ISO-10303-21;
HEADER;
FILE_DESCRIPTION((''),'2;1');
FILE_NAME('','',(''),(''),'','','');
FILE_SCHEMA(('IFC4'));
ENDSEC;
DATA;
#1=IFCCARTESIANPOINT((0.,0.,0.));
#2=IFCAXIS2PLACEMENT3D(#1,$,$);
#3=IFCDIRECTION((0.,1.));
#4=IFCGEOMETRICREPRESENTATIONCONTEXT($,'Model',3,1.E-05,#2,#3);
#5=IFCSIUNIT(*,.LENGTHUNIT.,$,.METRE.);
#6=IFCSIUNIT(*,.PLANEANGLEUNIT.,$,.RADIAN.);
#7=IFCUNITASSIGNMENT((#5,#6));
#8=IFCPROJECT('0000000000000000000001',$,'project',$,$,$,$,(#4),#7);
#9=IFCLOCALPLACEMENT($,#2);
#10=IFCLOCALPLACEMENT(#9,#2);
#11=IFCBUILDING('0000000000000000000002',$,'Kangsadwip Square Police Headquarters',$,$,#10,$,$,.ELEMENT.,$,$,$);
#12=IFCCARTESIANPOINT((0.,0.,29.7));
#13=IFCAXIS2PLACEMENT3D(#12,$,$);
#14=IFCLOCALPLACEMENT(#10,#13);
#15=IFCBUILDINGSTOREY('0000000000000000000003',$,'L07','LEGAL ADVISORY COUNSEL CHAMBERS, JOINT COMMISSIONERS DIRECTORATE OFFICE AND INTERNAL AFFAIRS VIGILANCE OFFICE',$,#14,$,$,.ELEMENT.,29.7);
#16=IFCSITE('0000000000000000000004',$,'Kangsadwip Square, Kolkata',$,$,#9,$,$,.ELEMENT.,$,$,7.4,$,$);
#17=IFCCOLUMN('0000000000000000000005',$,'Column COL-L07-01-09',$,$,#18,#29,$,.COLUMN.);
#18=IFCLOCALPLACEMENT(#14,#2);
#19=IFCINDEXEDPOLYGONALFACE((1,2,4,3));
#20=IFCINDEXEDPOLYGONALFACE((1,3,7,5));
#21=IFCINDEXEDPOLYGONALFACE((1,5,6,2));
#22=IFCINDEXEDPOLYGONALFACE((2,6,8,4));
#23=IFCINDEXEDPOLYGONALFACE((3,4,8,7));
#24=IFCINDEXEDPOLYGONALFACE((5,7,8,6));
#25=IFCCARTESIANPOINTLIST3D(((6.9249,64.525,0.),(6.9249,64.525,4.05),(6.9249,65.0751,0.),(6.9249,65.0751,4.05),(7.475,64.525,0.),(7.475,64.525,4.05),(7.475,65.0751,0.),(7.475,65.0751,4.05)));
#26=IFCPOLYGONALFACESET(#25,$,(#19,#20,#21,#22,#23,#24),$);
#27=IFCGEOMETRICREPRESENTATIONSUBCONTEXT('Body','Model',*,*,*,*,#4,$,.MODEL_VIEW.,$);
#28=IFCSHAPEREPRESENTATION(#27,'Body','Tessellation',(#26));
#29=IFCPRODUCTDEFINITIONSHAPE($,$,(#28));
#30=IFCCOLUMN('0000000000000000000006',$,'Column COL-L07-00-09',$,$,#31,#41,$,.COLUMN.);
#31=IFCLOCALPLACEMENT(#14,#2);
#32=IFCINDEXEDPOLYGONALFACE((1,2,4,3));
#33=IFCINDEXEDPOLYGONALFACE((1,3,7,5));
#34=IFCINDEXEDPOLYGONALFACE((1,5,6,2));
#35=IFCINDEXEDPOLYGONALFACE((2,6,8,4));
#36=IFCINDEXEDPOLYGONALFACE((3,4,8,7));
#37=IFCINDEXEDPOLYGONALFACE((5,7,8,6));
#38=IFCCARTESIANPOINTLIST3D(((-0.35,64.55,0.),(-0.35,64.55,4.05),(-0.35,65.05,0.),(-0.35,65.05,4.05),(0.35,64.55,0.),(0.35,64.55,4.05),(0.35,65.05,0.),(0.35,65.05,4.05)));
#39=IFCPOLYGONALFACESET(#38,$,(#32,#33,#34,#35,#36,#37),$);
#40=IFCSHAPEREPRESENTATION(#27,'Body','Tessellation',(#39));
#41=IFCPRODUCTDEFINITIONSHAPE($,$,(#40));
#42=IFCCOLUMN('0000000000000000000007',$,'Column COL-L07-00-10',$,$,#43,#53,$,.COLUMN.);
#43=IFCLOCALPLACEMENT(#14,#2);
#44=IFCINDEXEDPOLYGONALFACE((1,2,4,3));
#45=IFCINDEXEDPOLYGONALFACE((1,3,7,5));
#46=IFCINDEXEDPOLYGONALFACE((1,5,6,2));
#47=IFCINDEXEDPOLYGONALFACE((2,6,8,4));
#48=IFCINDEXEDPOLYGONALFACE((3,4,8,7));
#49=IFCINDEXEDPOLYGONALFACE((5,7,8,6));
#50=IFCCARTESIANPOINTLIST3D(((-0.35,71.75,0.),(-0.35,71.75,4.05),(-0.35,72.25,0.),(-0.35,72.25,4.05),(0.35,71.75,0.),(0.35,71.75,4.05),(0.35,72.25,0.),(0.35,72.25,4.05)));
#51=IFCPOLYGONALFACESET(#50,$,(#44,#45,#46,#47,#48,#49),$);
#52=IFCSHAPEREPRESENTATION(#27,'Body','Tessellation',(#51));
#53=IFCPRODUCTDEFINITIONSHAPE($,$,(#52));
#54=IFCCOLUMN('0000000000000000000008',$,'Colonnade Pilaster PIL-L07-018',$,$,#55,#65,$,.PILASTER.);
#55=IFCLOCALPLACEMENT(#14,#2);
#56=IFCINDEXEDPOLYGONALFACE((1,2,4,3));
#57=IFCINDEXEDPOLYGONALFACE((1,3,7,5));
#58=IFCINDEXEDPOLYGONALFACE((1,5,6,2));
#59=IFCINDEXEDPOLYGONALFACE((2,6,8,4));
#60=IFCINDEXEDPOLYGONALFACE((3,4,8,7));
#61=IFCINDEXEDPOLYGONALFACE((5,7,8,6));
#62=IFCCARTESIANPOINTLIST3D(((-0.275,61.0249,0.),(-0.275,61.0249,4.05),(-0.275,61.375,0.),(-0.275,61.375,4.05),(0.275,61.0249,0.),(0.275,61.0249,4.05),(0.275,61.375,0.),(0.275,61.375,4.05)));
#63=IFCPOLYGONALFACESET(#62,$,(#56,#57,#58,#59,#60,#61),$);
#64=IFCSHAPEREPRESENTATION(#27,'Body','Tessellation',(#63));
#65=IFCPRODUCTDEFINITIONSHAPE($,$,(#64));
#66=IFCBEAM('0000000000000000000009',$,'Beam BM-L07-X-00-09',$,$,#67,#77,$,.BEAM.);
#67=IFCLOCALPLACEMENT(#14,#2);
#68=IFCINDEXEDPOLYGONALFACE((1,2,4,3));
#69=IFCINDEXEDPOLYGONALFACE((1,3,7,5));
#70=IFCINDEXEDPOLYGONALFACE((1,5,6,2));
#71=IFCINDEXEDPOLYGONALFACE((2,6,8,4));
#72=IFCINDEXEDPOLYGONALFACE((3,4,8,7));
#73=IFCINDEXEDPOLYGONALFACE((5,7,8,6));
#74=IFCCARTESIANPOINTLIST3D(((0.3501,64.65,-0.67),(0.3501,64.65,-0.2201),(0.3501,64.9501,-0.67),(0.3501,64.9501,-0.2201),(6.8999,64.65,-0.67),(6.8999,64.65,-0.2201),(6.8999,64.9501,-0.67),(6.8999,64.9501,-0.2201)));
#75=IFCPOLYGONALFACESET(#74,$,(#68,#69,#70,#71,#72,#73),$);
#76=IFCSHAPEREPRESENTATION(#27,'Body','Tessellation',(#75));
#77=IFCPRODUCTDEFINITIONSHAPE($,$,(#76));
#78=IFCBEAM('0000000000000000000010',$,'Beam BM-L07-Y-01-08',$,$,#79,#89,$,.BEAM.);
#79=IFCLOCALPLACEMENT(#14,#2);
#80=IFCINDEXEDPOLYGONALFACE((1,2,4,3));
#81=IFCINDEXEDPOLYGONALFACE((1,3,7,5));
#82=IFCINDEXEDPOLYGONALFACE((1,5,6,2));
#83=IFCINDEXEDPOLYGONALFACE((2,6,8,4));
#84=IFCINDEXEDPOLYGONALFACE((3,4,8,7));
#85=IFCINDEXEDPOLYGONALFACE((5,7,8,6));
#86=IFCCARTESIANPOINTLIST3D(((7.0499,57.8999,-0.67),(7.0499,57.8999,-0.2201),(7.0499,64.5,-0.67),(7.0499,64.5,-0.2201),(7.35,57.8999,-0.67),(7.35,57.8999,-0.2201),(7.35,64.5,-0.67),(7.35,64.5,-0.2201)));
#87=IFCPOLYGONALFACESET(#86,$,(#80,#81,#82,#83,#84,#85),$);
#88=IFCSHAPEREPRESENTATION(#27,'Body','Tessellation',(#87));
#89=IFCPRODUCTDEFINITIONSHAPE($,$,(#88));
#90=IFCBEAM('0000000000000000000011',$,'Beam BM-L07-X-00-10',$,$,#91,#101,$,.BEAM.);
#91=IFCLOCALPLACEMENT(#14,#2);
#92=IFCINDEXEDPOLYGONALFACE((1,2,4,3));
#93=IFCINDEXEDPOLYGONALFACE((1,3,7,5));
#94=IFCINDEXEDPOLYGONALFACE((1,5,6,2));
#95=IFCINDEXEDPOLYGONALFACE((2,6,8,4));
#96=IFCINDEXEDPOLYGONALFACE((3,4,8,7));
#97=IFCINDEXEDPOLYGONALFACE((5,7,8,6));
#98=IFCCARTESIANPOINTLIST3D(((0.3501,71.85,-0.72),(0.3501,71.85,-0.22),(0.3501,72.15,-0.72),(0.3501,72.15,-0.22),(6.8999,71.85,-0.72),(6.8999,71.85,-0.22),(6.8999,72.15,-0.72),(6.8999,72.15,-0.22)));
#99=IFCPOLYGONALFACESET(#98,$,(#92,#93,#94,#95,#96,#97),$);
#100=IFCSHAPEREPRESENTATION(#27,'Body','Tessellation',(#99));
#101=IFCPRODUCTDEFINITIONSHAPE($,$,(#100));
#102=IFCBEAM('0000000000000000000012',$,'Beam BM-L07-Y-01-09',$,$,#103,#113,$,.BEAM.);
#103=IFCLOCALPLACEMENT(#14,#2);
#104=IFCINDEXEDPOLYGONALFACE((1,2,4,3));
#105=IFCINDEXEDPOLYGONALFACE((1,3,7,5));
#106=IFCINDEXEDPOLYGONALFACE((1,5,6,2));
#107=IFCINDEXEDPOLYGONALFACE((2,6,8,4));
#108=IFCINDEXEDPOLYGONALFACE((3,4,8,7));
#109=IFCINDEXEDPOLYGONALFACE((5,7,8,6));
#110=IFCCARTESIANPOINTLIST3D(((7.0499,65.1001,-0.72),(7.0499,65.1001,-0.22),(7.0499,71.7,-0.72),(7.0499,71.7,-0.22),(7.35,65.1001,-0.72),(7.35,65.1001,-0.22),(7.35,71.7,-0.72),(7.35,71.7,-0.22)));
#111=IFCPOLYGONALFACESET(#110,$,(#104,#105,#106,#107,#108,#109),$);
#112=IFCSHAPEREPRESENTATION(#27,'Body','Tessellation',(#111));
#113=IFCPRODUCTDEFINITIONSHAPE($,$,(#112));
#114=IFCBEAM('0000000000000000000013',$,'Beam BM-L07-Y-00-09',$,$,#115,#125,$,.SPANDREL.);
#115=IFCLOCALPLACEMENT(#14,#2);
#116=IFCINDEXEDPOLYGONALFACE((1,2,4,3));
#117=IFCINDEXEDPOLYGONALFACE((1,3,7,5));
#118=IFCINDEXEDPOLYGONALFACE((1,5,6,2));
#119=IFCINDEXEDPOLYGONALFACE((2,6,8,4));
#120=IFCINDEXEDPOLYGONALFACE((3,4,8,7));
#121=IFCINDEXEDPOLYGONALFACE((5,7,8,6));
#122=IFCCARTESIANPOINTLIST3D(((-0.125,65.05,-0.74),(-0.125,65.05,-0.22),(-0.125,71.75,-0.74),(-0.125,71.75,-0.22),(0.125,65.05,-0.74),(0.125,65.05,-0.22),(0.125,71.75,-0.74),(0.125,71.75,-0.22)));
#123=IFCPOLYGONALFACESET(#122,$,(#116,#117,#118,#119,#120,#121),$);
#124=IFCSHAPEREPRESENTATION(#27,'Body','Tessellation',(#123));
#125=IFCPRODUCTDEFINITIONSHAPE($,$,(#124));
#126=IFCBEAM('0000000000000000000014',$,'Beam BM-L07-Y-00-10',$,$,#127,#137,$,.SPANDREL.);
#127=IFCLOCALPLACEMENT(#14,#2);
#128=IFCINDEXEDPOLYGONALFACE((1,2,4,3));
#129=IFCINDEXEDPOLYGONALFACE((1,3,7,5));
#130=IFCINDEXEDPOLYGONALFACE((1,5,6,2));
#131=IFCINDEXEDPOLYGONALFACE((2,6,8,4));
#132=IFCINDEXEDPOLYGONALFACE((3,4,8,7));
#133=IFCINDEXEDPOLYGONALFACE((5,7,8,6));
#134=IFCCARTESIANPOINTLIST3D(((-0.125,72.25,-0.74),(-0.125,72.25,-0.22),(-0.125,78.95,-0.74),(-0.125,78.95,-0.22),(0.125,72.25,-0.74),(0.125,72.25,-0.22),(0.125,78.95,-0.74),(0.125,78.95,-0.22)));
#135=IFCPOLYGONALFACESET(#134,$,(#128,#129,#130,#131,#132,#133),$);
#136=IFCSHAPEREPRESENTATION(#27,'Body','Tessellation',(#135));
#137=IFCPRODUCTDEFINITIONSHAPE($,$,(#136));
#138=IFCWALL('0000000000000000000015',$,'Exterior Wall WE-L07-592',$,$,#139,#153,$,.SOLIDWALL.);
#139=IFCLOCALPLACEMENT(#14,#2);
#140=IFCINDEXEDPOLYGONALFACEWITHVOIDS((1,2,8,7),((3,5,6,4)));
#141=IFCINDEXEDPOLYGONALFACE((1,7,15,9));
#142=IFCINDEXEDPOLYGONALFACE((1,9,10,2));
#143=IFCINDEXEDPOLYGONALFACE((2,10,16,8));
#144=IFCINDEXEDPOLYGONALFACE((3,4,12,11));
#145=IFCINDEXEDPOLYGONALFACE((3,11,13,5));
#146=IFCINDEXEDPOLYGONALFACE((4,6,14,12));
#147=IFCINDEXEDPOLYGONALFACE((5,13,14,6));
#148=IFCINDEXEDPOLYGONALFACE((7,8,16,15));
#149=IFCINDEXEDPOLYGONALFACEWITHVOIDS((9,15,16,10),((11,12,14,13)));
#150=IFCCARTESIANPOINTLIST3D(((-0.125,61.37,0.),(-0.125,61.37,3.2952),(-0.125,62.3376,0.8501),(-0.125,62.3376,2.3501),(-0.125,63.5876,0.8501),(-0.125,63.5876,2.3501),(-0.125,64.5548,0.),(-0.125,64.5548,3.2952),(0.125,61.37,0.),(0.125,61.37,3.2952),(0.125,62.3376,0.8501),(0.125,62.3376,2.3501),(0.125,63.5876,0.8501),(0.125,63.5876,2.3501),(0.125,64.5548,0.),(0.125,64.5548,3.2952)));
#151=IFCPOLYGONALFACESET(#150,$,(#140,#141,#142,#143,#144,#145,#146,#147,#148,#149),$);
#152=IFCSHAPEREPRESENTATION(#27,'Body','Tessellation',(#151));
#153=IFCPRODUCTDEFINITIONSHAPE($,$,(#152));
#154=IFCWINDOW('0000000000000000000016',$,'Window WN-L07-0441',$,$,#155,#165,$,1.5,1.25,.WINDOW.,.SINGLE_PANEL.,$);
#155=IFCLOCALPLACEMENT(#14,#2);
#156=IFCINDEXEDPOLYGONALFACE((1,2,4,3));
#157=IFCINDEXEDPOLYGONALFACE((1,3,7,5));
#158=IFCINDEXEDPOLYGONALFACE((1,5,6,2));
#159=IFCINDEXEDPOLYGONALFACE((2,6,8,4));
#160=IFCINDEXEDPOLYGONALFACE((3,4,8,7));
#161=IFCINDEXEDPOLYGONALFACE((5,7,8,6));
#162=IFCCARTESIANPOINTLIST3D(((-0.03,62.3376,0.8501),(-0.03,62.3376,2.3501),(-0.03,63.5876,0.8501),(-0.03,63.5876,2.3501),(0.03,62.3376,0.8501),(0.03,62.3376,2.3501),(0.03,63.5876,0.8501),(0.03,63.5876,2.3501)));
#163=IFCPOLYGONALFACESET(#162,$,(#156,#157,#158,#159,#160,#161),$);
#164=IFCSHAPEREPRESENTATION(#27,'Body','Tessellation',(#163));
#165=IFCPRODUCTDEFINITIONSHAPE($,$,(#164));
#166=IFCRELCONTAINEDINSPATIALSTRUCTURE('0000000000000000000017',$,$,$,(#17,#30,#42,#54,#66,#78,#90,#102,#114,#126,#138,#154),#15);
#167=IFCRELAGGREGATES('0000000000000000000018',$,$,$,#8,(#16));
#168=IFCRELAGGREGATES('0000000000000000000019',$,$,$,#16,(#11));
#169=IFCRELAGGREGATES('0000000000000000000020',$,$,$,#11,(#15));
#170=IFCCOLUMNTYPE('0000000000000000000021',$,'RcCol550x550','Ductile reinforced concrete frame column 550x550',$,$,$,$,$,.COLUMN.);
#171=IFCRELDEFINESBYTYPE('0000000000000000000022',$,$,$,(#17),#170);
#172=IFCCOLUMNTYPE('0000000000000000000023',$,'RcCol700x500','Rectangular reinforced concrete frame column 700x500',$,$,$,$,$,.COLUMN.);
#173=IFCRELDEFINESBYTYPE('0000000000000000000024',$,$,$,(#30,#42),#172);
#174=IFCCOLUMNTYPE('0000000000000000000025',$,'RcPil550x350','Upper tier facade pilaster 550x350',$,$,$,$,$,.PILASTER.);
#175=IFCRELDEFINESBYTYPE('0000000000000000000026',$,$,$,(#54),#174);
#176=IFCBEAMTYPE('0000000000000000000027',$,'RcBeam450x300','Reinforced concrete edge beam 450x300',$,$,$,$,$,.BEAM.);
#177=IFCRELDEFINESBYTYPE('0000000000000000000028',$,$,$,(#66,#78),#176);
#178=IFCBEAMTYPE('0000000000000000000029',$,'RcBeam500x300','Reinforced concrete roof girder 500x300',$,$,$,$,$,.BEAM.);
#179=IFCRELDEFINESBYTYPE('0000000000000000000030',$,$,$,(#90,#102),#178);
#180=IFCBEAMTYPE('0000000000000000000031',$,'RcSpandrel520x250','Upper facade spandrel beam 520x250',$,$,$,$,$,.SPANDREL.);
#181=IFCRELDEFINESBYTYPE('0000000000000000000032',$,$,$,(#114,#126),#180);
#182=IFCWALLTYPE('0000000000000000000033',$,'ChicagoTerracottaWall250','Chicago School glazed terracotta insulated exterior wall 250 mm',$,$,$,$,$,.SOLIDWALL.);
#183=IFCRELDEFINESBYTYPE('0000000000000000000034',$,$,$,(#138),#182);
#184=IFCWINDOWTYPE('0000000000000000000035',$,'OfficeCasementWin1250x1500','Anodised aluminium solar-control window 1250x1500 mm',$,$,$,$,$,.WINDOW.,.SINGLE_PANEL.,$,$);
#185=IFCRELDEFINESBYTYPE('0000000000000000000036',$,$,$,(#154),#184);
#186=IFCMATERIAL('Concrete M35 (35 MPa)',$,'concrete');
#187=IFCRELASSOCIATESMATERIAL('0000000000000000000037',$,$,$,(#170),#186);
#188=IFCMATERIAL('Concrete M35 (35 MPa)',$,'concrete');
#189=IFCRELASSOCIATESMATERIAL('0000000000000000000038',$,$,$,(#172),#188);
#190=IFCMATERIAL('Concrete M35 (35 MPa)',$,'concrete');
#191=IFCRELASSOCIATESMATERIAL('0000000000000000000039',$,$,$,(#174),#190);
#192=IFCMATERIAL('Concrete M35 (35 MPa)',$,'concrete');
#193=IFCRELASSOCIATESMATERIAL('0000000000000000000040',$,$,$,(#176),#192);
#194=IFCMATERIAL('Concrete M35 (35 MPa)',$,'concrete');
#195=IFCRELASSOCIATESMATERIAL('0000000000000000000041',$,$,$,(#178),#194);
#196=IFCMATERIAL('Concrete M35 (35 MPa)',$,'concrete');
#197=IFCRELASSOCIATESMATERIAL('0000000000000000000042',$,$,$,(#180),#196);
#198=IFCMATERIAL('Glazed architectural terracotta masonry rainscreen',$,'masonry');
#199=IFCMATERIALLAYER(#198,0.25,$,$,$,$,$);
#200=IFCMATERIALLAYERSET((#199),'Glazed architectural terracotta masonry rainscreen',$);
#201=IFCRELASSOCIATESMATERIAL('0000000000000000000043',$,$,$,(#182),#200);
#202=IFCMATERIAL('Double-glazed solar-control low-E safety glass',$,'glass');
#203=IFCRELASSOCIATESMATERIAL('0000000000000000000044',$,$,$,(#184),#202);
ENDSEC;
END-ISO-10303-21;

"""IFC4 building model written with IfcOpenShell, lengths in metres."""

from ifc_helpers import new_model, si_unit, direction, frame, frame_2d, origin, origin_2d, place, context, subcontext, project, spatial, rectangle, extrude, material, layer, layer_set, material_profile, profile_set, type_object, element, fill, save


model = new_model("IFC4")

# Units and contexts
model_context = context("Model", 3, precision=1e-05, world=origin(), true_north=direction((0.0, 1.0)))
body_context = subcontext(model_context, "Body", "Model", "MODEL_VIEW")
ifc_project = project(units=[si_unit("LENGTHUNIT", "METRE"), si_unit("PLANEANGLEUNIT", "RADIAN")], contexts=[model_context])

# Site, building, storey
site_placement = place(None, origin())
site = spatial("IfcSite", under=ifc_project, at=site_placement, Name="Kangsadwip Square, Kolkata", CompositionType="ELEMENT", RefElevation=7.4)
building_placement = place(site_placement, origin())
building = spatial("IfcBuilding", under=site, at=building_placement, Name="Kangsadwip Square Police Headquarters", CompositionType="ELEMENT")
storey_placement = place(building_placement, frame((0.0, 0.0, 29.7)))
storey = spatial("IfcBuildingStorey", under=building, at=storey_placement, Name="L07", Description="LEGAL ADVISORY COUNSEL CHAMBERS, JOINT COMMISSIONERS DIRECTORATE OFFICE AND INTERNAL AFFAIRS VIGILANCE OFFICE", CompositionType="ELEMENT", Elevation=29.7)

# Columns
ifc_material_1 = material(Name="Concrete M35 (35 MPa)", Category="concrete")
ifc_material_profile_1 = material_profile(ifc_material_1, rectangle(XDim=0.55, YDim=0.55, at=origin_2d()), Name="RC COL 550X550")
ifc_profile_set_1 = profile_set([ifc_material_profile_1], Name="Concrete M35 (35 MPa)")
column_type_1 = type_object("IfcColumnType", Name="RcCol550x550", Description="Ductile reinforced concrete frame column 550x550", PredefinedType="COLUMN", material=ifc_profile_set_1)
column_1_placement = place(storey_placement, frame((7.2, 64.8, 0.0), z_axis=(0.0, 0.0, 1.0), x_axis=(1.0, 0.0, 0.0)))
element("IfcColumn", 1, at=column_1_placement, inside=storey, type_object=column_type_1, Name="Column COL-L07-01-09", PredefinedType="COLUMN", context=body_context, shape_type="SweptSolid", body=[
    extrude(rectangle(XDim=0.55, YDim=0.55, at=origin_2d()), origin(), (0.0, 0.0, 1.0), 4.05),
])
ifc_material_2 = material(Name="Concrete M35 (35 MPa)", Category="concrete")
ifc_material_profile_2 = material_profile(ifc_material_2, rectangle(XDim=0.5, YDim=0.7, at=origin_2d()), Name="RC COL 700X500")
ifc_profile_set_2 = profile_set([ifc_material_profile_2], Name="Concrete M35 (35 MPa)")
column_type_2 = type_object("IfcColumnType", Name="RcCol700x500", Description="Rectangular reinforced concrete frame column 700x500", PredefinedType="COLUMN", material=ifc_profile_set_2)
for number, where, z_axis, x_axis, name in (
    (2, (0.0, 64.8, 0.0), (0.0, 0.0, 1.0), (0.0, 1.0, 0.0), "Column COL-L07-00-09"),
    (3, (0.0, 72.0, 0.0), (0.0, 0.0, 1.0), (0.0, 1.0, 0.0), "Column COL-L07-00-10"),
):
    element("IfcColumn", number, at=place(storey_placement, frame(where, z_axis=z_axis, x_axis=x_axis)), inside=storey, type_object=column_type_2, Name=name, PredefinedType="COLUMN", context=body_context, shape_type="SweptSolid", body=[
        extrude(rectangle(XDim=0.5, YDim=0.7, at=origin_2d()), origin(), (0.0, 0.0, 1.0), 4.05),
    ])
ifc_material_3 = material(Name="Concrete M35 (35 MPa)", Category="concrete")
ifc_material_profile_3 = material_profile(ifc_material_3, rectangle(XDim=0.3501, YDim=0.55, at=origin_2d()), Name="RC PIL 550X350")
ifc_profile_set_3 = profile_set([ifc_material_profile_3], Name="Concrete M35 (35 MPa)")
column_type_3 = type_object("IfcColumnType", Name="RcPil550x350", Description="Upper tier facade pilaster 550x350", PredefinedType="PILASTER", material=ifc_profile_set_3)
column_2_placement = place(storey_placement, frame((0.0, 61.2, 0.0), z_axis=(0.0, 0.0, 1.0), x_axis=(0.0, 1.0, 0.0)))
element("IfcColumn", 4, at=column_2_placement, inside=storey, type_object=column_type_3, Name="Colonnade Pilaster PIL-L07-018", PredefinedType="PILASTER", context=body_context, shape_type="SweptSolid", body=[
    extrude(rectangle(XDim=0.3501, YDim=0.55, at=origin_2d()), origin(), (0.0, 0.0, 1.0), 4.05),
])

# Beams
ifc_material_4 = material(Name="Concrete M35 (35 MPa)", Category="concrete")
ifc_material_profile_4 = material_profile(ifc_material_4, rectangle(XDim=0.3, YDim=0.45, at=origin_2d()), Name="RC BM 450X300")
ifc_profile_set_4 = profile_set([ifc_material_profile_4], Name="Concrete M35 (35 MPa)")
beam_type_1 = type_object("IfcBeamType", Name="RcBeam450x300", Description="Reinforced concrete edge beam 450x300", PredefinedType="BEAM", material=ifc_profile_set_4)
beam_1_placement = place(storey_placement, frame((0.3501, 64.8, -0.4451), z_axis=(1.0, 0.0, 0.0), x_axis=(0.0, 1.0, 0.0)))
element("IfcBeam", 5, at=beam_1_placement, inside=storey, type_object=beam_type_1, Name="Beam BM-L07-X-00-09", PredefinedType="BEAM", context=body_context, shape_type="SweptSolid", body=[
    extrude(rectangle(XDim=0.3, YDim=0.45, at=origin_2d()), origin(), (0.0, 0.0, 1.0), 6.5498),
])
beam_2_placement = place(storey_placement, frame((7.2, 57.8999, -0.4451), z_axis=(0.0, 1.0, 0.0), x_axis=(-1.0, 0.0, 0.0)))
element("IfcBeam", 6, at=beam_2_placement, inside=storey, type_object=beam_type_1, Name="Beam BM-L07-Y-01-08", PredefinedType="BEAM", context=body_context, shape_type="SweptSolid", body=[
    extrude(rectangle(XDim=0.3, YDim=0.45, at=origin_2d()), origin(), (0.0, 0.0, 1.0), 6.6001),
])
ifc_material_5 = material(Name="Concrete M35 (35 MPa)", Category="concrete")
ifc_material_profile_5 = material_profile(ifc_material_5, rectangle(XDim=0.3, YDim=0.5, at=origin_2d()), Name="RC BM 500X300")
ifc_profile_set_5 = profile_set([ifc_material_profile_5], Name="Concrete M35 (35 MPa)")
beam_type_2 = type_object("IfcBeamType", Name="RcBeam500x300", Description="Reinforced concrete roof girder 500x300", PredefinedType="BEAM", material=ifc_profile_set_5)
beam_3_placement = place(storey_placement, frame((0.3501, 72.0, -0.47), z_axis=(1.0, 0.0, 0.0), x_axis=(0.0, 1.0, 0.0)))
element("IfcBeam", 7, at=beam_3_placement, inside=storey, type_object=beam_type_2, Name="Beam BM-L07-X-00-10", PredefinedType="BEAM", context=body_context, shape_type="SweptSolid", body=[
    extrude(rectangle(XDim=0.3, YDim=0.5, at=origin_2d()), origin(), (0.0, 0.0, 1.0), 6.5498),
])
beam_4_placement = place(storey_placement, frame((7.2, 65.1001, -0.47), z_axis=(0.0, 1.0, 0.0), x_axis=(-1.0, 0.0, 0.0)))
element("IfcBeam", 8, at=beam_4_placement, inside=storey, type_object=beam_type_2, Name="Beam BM-L07-Y-01-09", PredefinedType="BEAM", context=body_context, shape_type="SweptSolid", body=[
    extrude(rectangle(XDim=0.3, YDim=0.5, at=origin_2d()), origin(), (0.0, 0.0, 1.0), 6.5999),
])
ifc_material_6 = material(Name="Concrete M35 (35 MPa)", Category="concrete")
ifc_material_profile_6 = material_profile(ifc_material_6, rectangle(XDim=0.25, YDim=0.52, at=origin_2d()), Name="RC SPN 520X250")
ifc_profile_set_6 = profile_set([ifc_material_profile_6], Name="Concrete M35 (35 MPa)")
beam_type_3 = type_object("IfcBeamType", Name="RcSpandrel520x250", Description="Upper facade spandrel beam 520x250", PredefinedType="SPANDREL", material=ifc_profile_set_6)
for number, where, z_axis, x_axis, name in (
    (9, (0.0, 65.05, -0.48), (0.0, 1.0, 0.0), (-1.0, 0.0, 0.0), "Beam BM-L07-Y-00-09"),
    (10, (0.0, 72.25, -0.48), (0.0, 1.0, 0.0), (-1.0, 0.0, 0.0), "Beam BM-L07-Y-00-10"),
):
    element("IfcBeam", number, at=place(storey_placement, frame(where, z_axis=z_axis, x_axis=x_axis)), inside=storey, type_object=beam_type_3, Name=name, PredefinedType="SPANDREL", context=body_context, shape_type="SweptSolid", body=[
        extrude(rectangle(XDim=0.25, YDim=0.52, at=origin_2d()), origin(), (0.0, 0.0, 1.0), 6.7),
    ])

# Wall, opening, window
ifc_material_7 = material(Name="Glazed architectural terracotta masonry rainscreen", Category="masonry")
ifc_layer_1 = layer(ifc_material_7, 0.25)
ifc_layer_set_1 = layer_set([ifc_layer_1], Name="Glazed architectural terracotta masonry rainscreen")
wall_type_1 = type_object("IfcWallType", Name="ChicagoTerracottaWall250", Description="Chicago School glazed terracotta insulated exterior wall 250 mm", PredefinedType="SOLIDWALL", material=ifc_layer_set_1)
wall_1_placement = place(storey_placement, frame((0.0, 61.3701, 0.0), z_axis=(0.0, 0.0, 1.0), x_axis=(0.0, 1.0, 0.0)))
wall_1 = element("IfcWall", 11, at=wall_1_placement, inside=storey, type_object=wall_type_1, Name="Exterior Wall WE-L07-592", PredefinedType="SOLIDWALL", context=body_context, shape_type="SweptSolid", body=[
    extrude(rectangle(XDim=3.1848, YDim=0.25, at=frame_2d((1.5923, 0.0))), origin(), (0.0, 0.0, 1.0), 3.2952),
])
opening_1_placement = place(wall_1_placement, frame((0.9675, 0.0, 0.8501)))
opening_1 = element("IfcOpeningElement", 12, at=opening_1_placement, cuts=wall_1, PredefinedType="OPENING", context=body_context, shape_type="SweptSolid", body=[
    extrude(rectangle(XDim=1.25, YDim=1.5, at=frame_2d((0.625, 0.75))), frame((0.0, 0.135, 0.0), z_axis=(0.0, -1.0, 0.0), x_axis=(1.0, 0.0, 0.0)), (0.0, 0.0, 1.0), 0.27),
])
ifc_material_8 = material(Name="Double-glazed solar-control low-E safety glass", Category="glass")
window_type_1 = type_object("IfcWindowType", Name="OfficeCasementWin1250x1500", Description="Anodised aluminium solar-control window 1250x1500 mm", PartitioningType="SINGLE_PANEL", PredefinedType="WINDOW", material=ifc_material_8)
window_1_placement = place(opening_1_placement, origin())
window_1 = element("IfcWindow", 13, at=window_1_placement, inside=storey, type_object=window_type_1, Name="Window WN-L07-0441", OverallHeight=1.5, OverallWidth=1.25, PartitioningType="SINGLE_PANEL", PredefinedType="WINDOW", context=body_context, shape_type="SweptSolid", body=[
    extrude(rectangle(XDim=1.25, YDim=1.5, at=frame_2d((0.625, 0.75))), frame((0.0, 0.03, 0.0), z_axis=(0.0, -1.0, 0.0), x_axis=(1.0, 0.0, 0.0)), (0.0, 0.0, 1.0), 0.0601),
])
fill(opening_1, window_1)

save(model, "model.ifc")
